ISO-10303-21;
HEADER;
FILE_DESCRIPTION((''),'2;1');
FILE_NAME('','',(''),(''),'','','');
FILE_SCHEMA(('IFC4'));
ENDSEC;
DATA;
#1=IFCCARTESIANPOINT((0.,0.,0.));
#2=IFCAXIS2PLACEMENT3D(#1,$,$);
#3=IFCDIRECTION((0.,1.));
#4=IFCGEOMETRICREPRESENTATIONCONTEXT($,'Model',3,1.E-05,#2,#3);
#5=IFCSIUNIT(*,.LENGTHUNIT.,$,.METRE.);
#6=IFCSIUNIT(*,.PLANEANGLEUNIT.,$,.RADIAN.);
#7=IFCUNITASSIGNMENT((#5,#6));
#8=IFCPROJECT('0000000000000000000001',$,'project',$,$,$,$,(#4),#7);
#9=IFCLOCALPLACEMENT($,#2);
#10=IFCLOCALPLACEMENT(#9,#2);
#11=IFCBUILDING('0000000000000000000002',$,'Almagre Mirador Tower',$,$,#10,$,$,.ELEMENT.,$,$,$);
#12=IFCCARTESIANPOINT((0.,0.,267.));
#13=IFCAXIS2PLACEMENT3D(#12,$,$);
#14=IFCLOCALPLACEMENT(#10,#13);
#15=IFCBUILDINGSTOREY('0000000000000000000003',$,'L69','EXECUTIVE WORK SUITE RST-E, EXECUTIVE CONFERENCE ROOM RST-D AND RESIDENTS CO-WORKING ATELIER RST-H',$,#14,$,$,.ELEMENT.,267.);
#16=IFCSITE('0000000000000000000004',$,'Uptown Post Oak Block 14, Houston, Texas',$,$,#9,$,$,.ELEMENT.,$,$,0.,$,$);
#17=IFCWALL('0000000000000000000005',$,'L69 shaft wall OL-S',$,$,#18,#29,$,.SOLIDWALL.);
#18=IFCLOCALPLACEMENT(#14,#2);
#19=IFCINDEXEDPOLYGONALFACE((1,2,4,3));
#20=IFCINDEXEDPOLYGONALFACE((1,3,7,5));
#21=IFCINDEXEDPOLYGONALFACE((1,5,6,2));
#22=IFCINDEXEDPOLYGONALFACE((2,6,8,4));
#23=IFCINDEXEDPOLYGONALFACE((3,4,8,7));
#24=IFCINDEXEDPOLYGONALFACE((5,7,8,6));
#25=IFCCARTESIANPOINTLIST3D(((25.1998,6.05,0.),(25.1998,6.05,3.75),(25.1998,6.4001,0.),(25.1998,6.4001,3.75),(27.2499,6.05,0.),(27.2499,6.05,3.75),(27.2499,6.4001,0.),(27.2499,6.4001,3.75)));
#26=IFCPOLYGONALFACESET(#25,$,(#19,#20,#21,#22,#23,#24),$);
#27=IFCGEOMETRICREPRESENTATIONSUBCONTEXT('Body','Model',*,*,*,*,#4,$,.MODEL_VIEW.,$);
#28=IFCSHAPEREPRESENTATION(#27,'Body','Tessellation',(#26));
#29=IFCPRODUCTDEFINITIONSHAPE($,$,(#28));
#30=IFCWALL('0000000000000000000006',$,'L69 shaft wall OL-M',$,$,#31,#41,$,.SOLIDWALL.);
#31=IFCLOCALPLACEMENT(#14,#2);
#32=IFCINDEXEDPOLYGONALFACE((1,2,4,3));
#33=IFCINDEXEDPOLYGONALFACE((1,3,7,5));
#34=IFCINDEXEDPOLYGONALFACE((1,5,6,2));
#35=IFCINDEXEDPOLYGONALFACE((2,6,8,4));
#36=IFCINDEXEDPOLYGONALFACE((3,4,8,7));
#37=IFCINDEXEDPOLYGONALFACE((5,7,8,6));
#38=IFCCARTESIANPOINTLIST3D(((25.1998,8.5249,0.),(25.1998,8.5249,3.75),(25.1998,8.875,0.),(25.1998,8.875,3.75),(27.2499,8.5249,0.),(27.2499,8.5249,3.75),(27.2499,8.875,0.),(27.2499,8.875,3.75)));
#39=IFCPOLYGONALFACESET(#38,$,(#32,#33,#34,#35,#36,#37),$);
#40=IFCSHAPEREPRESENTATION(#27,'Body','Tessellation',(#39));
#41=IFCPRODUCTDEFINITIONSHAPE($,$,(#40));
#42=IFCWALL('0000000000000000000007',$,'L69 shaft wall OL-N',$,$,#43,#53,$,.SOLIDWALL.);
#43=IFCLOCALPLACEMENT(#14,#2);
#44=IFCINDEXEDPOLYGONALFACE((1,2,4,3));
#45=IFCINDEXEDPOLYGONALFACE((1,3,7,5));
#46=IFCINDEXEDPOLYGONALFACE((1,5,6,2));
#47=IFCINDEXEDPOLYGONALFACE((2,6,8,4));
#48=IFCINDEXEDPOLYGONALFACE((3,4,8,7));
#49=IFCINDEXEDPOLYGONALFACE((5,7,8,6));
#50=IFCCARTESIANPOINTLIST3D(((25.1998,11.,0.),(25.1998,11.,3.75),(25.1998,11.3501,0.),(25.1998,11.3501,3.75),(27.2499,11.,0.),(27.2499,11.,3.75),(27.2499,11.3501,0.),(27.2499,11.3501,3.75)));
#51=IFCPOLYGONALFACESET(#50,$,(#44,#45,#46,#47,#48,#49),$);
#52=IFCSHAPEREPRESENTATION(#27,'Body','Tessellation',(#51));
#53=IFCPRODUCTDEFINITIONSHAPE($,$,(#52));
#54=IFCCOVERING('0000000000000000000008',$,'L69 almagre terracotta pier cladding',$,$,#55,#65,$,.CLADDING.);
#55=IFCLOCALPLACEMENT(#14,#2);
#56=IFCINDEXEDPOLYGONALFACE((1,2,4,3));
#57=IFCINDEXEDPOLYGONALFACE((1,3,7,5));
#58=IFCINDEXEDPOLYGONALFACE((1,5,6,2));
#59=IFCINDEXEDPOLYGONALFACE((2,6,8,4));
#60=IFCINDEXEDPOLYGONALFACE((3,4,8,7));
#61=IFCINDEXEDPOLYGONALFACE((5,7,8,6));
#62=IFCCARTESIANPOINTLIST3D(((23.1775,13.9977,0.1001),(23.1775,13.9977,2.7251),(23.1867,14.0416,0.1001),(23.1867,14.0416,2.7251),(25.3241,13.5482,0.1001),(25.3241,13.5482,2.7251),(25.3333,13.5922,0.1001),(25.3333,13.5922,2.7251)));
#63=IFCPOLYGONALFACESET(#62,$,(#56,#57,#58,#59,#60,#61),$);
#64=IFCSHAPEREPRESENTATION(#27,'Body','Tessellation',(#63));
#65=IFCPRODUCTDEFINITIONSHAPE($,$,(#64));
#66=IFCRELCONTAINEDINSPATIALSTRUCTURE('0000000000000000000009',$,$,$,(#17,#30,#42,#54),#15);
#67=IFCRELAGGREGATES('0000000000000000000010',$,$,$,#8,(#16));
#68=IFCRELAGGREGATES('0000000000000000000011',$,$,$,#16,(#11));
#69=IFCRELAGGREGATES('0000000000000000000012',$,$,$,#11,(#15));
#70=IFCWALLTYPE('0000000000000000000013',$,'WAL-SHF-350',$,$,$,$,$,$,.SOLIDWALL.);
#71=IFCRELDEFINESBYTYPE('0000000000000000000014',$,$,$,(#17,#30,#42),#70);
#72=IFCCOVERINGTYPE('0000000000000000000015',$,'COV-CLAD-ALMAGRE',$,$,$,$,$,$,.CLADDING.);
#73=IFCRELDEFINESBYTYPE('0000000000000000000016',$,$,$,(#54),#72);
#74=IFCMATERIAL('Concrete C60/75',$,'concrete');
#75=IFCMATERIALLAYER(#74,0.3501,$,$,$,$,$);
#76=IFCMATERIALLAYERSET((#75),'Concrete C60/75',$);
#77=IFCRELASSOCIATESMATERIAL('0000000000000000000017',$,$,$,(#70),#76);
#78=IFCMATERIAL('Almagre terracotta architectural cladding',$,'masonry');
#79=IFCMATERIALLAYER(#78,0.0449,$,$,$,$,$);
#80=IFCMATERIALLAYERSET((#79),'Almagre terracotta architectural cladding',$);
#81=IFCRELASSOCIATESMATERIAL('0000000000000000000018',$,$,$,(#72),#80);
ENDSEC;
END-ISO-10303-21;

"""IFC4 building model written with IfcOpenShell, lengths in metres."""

from ifc_helpers import new_model, si_unit, direction, frame, frame_2d, origin, origin_2d, place, context, subcontext, project, spatial, rectangle, extrude, material, layer, layer_set, type_object, element, save


model = new_model("IFC4")

# Units and contexts
model_context = context("Model", 3, precision=1e-05, world=origin(), true_north=direction((0.0, 1.0)))
body_context = subcontext(model_context, "Body", "Model", "MODEL_VIEW")
ifc_project = project(units=[si_unit("LENGTHUNIT", "METRE"), si_unit("PLANEANGLEUNIT", "RADIAN")], contexts=[model_context])

# Site, building, storey
site_placement = place(None, origin())
site = spatial("IfcSite", under=ifc_project, at=site_placement, Name="Uptown Post Oak Block 14, Houston, Texas", CompositionType="ELEMENT", RefElevation=0.0)
building_placement = place(site_placement, origin())
building = spatial("IfcBuilding", under=site, at=building_placement, Name="Almagre Mirador Tower", CompositionType="ELEMENT")
storey_placement = place(building_placement, frame((0.0, 0.0, 267.0)))
storey = spatial("IfcBuildingStorey", under=building, at=storey_placement, Name="L69", Description="EXECUTIVE WORK SUITE RST-E, EXECUTIVE CONFERENCE ROOM RST-D AND RESIDENTS CO-WORKING ATELIER RST-H", CompositionType="ELEMENT", Elevation=267.0)

# Walls
ifc_material_1 = material(Name="Concrete C60/75", Category="concrete")
ifc_layer_1 = layer(ifc_material_1, 0.3501)
ifc_layer_set_1 = layer_set([ifc_layer_1], Name="Concrete C60/75")
wall_type_1 = type_object("IfcWallType", Name="WAL-SHF-350", PredefinedType="SOLIDWALL", material=ifc_layer_set_1)
for number, where, z_axis, x_axis, name in (
    (1, (25.2, 6.2251, 0.0), (0.0, 0.0, 1.0), (1.0, 0.0, 0.0), "L69 shaft wall OL-S"),
    (2, (25.2, 8.7, 0.0), (0.0, 0.0, 1.0), (1.0, 0.0, 0.0), "L69 shaft wall OL-M"),
    (3, (25.2, 11.175, 0.0), (0.0, 0.0, 1.0), (1.0, 0.0, 0.0), "L69 shaft wall OL-N"),
):
    element("IfcWall", number, at=place(storey_placement, frame(where, z_axis=z_axis, x_axis=x_axis)), inside=storey, type_object=wall_type_1, Name=name, PredefinedType="SOLIDWALL", context=body_context, shape_type="SweptSolid", body=[
        extrude(rectangle(XDim=2.05, YDim=0.3501, at=frame_2d((1.0249, 0.0))), origin(), (0.0, 0.0, 1.0), 3.75),
    ])

# Covering
ifc_material_2 = material(Name="Almagre terracotta architectural cladding", Category="masonry")
ifc_layer_2 = layer(ifc_material_2, 0.0449)
ifc_layer_set_2 = layer_set([ifc_layer_2], Name="Almagre terracotta architectural cladding")
covering_type = type_object("IfcCoveringType", Name="COV-CLAD-ALMAGRE", PredefinedType="CLADDING", material=ifc_layer_set_2)
covering_placement = place(storey_placement, frame((24.2554, 13.7949, 0.1001), z_axis=(0.0, 0.0, 1.0), x_axis=(0.978774, -0.20494, 0.0)))
element("IfcCovering", 4, at=covering_placement, inside=storey, type_object=covering_type, Name="L69 almagre terracotta pier cladding", PredefinedType="CLADDING", context=body_context, shape_type="SweptSolid", body=[
    extrude(rectangle(XDim=2.1931, YDim=0.0449, at=origin_2d()), origin(), (0.0, 0.0, 1.0), 2.625),
])

save(model, "model.ifc")
